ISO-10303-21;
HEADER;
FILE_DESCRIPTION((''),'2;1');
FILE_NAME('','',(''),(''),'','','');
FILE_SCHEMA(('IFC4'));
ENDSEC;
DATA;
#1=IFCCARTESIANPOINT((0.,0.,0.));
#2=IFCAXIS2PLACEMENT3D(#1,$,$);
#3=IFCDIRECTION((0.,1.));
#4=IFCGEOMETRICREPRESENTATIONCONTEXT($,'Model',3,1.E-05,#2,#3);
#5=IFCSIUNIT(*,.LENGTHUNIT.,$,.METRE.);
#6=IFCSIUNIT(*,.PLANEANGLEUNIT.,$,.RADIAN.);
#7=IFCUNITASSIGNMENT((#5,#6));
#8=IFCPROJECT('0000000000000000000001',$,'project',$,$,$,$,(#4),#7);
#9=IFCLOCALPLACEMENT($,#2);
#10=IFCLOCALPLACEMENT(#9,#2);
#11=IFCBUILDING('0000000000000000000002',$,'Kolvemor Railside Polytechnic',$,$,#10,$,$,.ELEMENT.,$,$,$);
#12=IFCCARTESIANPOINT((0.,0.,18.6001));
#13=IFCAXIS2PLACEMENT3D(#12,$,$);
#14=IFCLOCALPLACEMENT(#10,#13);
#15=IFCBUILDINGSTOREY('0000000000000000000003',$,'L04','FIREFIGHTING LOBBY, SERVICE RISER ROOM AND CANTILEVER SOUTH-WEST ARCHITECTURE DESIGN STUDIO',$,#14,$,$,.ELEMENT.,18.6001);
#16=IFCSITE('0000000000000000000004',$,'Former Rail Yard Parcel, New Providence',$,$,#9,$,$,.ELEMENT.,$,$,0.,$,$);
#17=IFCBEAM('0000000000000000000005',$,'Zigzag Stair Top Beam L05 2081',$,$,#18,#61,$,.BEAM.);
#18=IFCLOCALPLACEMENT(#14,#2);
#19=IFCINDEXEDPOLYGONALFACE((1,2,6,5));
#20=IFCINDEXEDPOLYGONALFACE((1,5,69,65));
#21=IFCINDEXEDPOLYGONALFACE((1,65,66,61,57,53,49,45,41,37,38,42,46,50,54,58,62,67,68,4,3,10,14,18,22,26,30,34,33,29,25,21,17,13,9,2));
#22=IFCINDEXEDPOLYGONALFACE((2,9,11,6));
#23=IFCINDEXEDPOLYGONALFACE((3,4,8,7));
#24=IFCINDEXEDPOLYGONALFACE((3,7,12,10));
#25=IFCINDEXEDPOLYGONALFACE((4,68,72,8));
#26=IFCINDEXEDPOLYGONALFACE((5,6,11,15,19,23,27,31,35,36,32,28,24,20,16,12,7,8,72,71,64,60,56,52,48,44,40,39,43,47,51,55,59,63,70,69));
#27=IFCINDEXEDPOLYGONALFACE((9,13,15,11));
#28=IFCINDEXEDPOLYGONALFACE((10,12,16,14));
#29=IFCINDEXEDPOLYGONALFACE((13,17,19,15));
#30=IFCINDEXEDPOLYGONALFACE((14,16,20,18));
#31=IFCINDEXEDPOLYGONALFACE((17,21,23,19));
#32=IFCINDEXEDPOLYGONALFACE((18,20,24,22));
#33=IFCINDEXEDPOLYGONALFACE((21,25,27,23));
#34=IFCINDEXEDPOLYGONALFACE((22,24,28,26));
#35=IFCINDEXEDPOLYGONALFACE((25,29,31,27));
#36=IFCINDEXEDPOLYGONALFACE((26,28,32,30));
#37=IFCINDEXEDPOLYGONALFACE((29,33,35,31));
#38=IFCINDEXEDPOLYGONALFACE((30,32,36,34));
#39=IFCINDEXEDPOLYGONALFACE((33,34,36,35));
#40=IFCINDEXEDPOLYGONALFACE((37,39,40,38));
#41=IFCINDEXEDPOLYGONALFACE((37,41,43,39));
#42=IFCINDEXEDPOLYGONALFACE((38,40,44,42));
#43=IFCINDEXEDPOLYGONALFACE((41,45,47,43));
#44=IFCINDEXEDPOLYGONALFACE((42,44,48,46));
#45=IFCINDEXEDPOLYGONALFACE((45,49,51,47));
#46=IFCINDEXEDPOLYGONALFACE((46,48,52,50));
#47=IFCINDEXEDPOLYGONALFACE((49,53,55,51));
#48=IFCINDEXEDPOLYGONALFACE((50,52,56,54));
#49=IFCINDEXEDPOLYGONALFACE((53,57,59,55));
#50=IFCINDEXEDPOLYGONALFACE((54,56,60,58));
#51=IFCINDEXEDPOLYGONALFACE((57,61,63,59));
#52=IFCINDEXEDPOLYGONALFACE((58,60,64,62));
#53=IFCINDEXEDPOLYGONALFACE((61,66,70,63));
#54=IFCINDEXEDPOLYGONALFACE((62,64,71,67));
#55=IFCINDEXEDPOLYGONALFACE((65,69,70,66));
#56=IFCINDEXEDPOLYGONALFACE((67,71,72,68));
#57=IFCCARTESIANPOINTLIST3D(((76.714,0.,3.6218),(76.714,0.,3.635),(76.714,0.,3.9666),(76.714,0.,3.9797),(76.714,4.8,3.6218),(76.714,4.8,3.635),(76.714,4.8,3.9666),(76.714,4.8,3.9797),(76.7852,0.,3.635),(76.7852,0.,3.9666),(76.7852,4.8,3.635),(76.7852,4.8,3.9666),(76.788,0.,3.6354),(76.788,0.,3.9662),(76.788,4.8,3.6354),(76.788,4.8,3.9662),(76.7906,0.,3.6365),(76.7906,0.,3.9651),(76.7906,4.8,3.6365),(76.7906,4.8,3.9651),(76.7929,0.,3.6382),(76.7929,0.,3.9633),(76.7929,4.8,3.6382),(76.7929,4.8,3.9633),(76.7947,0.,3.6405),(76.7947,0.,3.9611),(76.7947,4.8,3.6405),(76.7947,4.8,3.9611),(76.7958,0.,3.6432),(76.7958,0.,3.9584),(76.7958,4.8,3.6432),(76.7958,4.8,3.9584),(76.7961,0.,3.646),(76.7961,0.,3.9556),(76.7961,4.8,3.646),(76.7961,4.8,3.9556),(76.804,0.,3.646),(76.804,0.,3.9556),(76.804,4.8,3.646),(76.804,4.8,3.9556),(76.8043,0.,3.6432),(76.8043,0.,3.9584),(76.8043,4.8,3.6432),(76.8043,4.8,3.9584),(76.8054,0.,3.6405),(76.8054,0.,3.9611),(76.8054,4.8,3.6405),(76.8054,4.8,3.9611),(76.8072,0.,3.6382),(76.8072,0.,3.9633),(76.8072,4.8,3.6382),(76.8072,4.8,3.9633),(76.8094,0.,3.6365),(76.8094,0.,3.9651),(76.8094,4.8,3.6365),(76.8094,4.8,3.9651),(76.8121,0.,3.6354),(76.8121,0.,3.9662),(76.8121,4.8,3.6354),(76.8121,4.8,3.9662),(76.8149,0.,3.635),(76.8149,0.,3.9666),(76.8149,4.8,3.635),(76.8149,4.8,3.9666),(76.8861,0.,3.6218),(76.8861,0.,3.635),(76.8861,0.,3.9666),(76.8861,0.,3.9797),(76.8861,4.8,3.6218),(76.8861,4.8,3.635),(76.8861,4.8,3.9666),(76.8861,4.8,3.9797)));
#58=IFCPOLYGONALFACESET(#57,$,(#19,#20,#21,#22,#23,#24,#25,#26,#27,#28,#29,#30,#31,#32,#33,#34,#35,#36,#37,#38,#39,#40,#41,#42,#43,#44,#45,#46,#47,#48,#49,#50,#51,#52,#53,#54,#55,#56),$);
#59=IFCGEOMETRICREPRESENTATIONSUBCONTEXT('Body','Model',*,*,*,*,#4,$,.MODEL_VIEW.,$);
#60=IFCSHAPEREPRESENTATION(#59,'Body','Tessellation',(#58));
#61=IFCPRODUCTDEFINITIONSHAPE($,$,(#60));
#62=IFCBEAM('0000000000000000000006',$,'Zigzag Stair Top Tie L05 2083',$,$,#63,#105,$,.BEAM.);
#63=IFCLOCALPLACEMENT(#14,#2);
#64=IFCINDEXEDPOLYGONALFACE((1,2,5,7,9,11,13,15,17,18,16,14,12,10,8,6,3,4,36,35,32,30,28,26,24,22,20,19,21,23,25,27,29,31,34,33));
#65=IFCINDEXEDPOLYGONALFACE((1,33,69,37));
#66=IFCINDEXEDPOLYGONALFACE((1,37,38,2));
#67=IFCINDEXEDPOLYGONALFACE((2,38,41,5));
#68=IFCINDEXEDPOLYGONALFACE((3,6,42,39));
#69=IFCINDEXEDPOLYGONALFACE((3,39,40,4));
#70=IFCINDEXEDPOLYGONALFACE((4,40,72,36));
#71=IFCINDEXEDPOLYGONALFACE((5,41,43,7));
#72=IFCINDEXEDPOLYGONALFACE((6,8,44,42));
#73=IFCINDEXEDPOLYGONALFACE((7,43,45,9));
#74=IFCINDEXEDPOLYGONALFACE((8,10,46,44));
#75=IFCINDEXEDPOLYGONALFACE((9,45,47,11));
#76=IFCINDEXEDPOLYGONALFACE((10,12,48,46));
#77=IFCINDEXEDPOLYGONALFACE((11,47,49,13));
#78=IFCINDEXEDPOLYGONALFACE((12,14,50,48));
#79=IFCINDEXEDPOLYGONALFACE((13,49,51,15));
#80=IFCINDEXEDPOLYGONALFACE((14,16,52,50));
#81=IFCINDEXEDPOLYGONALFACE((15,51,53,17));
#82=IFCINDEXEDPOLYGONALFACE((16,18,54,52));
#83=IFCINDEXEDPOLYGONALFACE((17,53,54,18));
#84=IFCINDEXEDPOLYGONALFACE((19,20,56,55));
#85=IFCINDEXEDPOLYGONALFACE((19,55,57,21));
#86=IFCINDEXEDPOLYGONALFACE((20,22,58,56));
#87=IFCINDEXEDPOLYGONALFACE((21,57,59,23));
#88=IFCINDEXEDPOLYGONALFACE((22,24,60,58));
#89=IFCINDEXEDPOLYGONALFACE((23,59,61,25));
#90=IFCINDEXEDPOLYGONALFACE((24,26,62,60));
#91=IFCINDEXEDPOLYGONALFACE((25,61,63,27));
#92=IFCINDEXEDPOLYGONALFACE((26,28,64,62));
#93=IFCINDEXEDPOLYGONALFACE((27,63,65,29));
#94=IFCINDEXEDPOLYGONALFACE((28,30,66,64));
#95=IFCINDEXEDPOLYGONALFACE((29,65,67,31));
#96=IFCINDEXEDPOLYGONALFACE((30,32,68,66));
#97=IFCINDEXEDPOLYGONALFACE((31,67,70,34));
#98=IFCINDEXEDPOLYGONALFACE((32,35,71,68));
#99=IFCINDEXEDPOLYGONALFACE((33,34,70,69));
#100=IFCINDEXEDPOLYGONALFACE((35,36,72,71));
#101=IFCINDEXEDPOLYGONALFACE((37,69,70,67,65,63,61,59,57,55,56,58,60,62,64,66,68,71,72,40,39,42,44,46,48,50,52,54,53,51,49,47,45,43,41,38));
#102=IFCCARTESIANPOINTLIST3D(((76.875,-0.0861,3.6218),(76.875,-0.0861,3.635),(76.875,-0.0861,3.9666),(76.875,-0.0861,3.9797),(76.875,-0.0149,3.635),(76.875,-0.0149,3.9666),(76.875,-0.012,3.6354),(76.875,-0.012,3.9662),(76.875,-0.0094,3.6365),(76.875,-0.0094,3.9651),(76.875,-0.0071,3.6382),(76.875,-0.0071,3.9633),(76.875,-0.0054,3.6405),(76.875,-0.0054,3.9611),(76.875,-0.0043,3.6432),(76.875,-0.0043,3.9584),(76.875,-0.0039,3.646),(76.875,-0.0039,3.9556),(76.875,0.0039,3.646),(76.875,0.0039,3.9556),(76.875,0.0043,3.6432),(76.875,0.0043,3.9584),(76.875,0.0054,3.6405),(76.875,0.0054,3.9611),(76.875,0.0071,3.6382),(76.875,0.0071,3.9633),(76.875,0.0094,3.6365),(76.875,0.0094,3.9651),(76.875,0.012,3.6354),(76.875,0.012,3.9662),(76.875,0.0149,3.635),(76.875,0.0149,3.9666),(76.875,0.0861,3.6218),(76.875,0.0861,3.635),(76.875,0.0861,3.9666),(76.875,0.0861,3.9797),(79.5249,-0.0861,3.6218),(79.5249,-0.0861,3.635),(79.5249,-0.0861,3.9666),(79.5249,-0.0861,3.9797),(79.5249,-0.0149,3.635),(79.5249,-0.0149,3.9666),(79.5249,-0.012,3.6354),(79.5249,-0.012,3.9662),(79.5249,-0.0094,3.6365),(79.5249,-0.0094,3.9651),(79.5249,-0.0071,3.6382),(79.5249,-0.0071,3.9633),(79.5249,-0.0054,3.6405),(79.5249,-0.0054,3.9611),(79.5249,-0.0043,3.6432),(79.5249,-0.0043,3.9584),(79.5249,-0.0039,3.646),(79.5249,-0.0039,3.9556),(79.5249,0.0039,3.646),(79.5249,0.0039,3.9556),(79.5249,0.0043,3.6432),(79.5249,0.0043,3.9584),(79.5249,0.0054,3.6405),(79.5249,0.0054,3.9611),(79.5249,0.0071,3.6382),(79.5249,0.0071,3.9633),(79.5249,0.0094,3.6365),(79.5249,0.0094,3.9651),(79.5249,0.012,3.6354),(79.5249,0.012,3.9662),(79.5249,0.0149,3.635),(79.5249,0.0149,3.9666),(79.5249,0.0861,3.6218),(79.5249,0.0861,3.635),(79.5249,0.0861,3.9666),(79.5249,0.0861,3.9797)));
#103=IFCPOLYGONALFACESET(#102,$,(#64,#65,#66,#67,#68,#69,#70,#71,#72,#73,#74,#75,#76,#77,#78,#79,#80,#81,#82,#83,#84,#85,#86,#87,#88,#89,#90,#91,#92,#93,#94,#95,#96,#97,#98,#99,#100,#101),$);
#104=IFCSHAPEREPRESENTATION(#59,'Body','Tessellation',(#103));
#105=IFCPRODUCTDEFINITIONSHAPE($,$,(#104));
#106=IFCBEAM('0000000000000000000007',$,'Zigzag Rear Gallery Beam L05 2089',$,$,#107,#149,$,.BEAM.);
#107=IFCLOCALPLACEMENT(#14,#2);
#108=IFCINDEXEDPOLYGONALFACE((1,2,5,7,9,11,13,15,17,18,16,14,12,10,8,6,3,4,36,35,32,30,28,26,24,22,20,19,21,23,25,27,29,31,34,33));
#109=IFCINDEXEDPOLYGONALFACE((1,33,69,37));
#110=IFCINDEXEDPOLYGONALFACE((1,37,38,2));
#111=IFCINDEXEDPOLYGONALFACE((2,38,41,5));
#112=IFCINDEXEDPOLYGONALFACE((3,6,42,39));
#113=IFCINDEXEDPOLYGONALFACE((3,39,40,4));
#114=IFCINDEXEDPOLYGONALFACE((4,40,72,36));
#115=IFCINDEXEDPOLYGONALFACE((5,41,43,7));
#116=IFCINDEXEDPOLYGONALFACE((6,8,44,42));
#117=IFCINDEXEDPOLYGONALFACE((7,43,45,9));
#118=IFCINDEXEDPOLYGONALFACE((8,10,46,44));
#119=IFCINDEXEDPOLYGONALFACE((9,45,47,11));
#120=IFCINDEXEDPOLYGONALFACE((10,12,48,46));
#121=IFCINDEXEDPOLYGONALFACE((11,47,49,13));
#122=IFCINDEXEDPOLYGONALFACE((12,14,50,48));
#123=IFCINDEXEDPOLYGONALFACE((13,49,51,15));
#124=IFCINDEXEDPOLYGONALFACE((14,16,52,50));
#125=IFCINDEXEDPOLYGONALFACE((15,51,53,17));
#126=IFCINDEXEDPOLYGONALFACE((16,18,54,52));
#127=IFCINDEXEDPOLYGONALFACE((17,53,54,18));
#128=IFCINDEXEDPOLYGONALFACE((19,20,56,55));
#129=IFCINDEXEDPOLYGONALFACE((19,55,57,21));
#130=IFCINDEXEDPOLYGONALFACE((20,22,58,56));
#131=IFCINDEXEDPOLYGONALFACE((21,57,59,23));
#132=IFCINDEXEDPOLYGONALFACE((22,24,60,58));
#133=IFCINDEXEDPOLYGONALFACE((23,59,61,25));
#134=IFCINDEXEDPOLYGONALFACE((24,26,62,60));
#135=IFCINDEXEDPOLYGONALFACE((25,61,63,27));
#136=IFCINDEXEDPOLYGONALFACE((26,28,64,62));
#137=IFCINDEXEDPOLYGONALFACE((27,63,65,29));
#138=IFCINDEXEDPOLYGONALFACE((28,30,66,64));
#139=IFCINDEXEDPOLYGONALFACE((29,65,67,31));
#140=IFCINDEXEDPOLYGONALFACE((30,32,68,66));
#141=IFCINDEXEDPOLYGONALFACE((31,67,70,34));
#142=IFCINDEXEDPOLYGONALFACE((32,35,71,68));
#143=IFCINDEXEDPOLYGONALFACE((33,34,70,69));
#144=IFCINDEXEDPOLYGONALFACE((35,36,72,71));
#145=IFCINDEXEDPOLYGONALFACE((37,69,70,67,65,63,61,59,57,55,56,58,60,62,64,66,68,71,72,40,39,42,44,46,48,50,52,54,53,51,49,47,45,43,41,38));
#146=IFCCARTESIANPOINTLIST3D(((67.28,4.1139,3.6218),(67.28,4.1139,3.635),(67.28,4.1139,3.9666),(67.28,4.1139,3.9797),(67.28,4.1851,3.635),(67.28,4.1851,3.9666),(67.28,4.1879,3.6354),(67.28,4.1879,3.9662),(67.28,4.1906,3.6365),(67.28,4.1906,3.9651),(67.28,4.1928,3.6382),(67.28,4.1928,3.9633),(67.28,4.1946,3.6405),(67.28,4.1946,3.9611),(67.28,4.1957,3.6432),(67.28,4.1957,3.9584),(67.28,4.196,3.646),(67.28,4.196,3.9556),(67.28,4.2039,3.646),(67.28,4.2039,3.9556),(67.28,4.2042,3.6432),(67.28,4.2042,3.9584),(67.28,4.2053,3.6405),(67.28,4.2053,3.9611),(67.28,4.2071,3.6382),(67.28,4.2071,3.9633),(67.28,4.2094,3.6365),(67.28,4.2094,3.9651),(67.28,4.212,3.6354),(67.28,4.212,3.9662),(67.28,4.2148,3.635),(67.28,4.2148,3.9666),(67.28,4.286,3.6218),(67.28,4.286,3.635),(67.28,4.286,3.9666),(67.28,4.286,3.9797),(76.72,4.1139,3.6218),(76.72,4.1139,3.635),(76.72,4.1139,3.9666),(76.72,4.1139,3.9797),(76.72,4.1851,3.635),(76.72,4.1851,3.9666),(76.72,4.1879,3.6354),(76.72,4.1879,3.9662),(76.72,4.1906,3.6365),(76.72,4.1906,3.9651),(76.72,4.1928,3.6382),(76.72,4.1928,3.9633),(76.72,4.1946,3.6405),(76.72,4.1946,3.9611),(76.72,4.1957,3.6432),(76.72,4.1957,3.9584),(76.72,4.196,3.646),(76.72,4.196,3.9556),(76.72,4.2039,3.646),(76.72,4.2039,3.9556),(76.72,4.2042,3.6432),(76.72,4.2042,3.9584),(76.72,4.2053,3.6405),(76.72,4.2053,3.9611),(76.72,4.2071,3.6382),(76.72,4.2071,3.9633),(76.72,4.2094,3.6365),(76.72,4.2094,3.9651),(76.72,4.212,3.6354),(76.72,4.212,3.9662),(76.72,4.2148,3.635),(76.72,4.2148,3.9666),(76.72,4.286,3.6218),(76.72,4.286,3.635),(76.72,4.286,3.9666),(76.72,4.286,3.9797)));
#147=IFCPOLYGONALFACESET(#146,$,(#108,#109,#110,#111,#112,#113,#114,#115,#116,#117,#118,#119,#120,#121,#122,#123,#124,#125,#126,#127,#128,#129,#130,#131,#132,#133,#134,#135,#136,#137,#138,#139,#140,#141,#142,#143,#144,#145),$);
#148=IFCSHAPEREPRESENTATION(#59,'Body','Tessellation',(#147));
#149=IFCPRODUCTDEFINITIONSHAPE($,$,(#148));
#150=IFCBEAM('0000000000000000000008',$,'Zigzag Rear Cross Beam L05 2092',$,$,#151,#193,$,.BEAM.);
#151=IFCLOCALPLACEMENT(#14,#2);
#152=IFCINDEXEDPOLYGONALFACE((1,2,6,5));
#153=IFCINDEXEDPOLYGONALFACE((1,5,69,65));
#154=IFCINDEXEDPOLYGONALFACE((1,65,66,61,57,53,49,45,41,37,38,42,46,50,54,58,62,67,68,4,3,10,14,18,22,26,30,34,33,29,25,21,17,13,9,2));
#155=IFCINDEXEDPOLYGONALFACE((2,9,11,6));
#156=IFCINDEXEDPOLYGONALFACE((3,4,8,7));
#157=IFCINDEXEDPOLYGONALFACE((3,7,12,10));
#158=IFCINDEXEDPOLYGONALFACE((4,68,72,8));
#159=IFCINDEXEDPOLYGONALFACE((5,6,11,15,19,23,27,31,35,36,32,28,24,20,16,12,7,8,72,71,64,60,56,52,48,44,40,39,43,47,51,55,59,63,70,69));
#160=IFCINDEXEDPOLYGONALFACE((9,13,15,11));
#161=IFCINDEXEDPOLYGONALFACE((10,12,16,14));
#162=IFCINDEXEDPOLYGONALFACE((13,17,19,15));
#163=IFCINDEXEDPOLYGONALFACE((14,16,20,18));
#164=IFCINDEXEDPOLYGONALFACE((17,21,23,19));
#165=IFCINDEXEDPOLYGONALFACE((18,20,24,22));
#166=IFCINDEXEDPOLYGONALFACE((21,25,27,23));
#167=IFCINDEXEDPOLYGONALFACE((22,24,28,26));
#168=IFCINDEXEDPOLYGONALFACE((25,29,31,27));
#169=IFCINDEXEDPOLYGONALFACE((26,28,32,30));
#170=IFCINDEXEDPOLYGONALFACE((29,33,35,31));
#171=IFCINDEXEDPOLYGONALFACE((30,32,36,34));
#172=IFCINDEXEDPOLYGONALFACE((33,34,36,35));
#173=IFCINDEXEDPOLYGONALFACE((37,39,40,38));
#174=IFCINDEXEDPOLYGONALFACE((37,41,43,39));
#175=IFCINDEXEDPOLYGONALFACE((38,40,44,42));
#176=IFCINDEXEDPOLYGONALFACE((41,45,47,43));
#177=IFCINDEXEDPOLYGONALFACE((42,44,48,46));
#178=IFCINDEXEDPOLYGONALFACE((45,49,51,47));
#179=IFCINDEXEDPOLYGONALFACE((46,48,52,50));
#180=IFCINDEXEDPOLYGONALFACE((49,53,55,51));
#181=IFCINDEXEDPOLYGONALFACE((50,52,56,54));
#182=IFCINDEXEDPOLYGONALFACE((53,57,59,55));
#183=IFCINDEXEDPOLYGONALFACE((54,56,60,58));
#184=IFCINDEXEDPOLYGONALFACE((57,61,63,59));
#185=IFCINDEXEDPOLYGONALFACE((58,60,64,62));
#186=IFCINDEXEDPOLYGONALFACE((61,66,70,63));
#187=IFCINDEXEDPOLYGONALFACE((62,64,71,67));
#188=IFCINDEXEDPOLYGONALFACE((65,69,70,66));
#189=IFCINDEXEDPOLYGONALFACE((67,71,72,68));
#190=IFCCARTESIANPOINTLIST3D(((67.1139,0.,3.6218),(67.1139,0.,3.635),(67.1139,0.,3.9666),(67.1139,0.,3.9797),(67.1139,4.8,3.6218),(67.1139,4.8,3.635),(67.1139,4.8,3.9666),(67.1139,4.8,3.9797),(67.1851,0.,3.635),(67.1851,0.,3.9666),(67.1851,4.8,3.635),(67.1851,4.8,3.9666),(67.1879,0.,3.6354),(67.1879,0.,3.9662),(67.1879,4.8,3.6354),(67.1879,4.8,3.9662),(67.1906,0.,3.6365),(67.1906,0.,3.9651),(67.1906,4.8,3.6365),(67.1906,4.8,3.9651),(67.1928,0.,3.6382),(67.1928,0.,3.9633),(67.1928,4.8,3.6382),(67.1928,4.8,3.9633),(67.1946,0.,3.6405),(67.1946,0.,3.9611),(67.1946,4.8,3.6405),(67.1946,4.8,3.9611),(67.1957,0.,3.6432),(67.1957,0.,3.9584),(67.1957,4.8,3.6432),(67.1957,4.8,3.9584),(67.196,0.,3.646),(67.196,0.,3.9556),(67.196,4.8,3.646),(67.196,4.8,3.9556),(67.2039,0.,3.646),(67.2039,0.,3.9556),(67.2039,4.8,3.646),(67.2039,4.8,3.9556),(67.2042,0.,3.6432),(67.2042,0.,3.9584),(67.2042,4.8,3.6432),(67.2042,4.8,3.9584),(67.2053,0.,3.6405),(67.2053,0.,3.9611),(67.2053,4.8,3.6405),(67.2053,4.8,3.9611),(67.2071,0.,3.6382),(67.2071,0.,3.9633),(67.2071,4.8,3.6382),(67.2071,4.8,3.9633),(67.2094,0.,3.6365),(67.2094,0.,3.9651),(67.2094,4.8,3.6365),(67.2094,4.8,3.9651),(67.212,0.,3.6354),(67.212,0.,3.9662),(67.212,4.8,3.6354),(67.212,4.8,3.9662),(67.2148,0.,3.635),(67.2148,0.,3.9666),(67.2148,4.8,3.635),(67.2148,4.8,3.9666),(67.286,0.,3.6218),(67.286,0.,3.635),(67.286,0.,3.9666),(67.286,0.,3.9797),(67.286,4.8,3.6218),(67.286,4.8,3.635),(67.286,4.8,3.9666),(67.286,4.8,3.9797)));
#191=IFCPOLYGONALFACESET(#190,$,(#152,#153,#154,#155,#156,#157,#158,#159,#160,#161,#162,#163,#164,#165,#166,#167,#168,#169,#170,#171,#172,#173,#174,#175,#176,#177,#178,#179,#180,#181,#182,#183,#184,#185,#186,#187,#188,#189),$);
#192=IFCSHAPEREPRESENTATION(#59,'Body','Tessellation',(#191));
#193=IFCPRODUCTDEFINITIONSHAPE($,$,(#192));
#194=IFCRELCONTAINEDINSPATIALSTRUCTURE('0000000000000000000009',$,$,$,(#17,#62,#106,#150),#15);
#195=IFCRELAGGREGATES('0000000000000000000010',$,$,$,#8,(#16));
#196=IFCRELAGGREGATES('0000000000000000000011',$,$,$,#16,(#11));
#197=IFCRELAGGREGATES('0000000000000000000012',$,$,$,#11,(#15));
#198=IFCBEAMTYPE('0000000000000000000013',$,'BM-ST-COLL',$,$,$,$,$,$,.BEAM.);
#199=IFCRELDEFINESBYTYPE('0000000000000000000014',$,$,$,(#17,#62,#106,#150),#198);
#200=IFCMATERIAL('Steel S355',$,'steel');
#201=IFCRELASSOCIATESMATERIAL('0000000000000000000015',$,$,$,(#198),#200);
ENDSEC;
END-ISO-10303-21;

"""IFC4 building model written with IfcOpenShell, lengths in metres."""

from ifc_helpers import new_model, si_unit, direction, frame, origin, origin_2d, place, context, subcontext, project, spatial, i_section, extrude, material, material_profile, profile_set, type_object, element, save


model = new_model("IFC4")

# Units and contexts
model_context = context("Model", 3, precision=1e-05, world=origin(), true_north=direction((0.0, 1.0)))
body_context = subcontext(model_context, "Body", "Model", "MODEL_VIEW")
ifc_project = project(units=[si_unit("LENGTHUNIT", "METRE"), si_unit("PLANEANGLEUNIT", "RADIAN")], contexts=[model_context])

# Site, building, storey
site_placement = place(None, origin())
site = spatial("IfcSite", under=ifc_project, at=site_placement, Name="Former Rail Yard Parcel, New Providence", CompositionType="ELEMENT", RefElevation=0.0)
building_placement = place(site_placement, origin())
building = spatial("IfcBuilding", under=site, at=building_placement, Name="Kolvemor Railside Polytechnic", CompositionType="ELEMENT")
storey_placement = place(building_placement, frame((0.0, 0.0, 18.6001)))
storey = spatial("IfcBuildingStorey", under=building, at=storey_placement, Name="L04", Description="FIREFIGHTING LOBBY, SERVICE RISER ROOM AND CANTILEVER SOUTH-WEST ARCHITECTURE DESIGN STUDIO", CompositionType="ELEMENT", Elevation=18.6001)

# Beams
ifc_material_1 = material(Name="Steel S355", Category="steel")
ifc_material_profile_1 = material_profile(ifc_material_1, i_section(OverallWidth=0.1721, OverallDepth=0.3579, WebThickness=0.0078, FlangeThickness=0.0132, FilletRadius=0.011, at=origin_2d()), Name="W360x57")
ifc_profile_set_1 = profile_set([ifc_material_profile_1], Name="Steel S355")
beam_type_1 = type_object("IfcBeamType", Name="BM-ST-COLL", PredefinedType="BEAM", material=ifc_profile_set_1)
beam_1_placement = place(storey_placement, frame((76.8, 0.0, 3.8008), z_axis=(0.0, 1.0, 0.0), x_axis=(-1.0, 0.0, 0.0)))
element("IfcBeam", 1, at=beam_1_placement, inside=storey, type_object=beam_type_1, Name="Zigzag Stair Top Beam L05 2081", PredefinedType="BEAM", context=body_context, shape_type="SweptSolid", body=[
    extrude(i_section(OverallWidth=0.1721, OverallDepth=0.3579, WebThickness=0.0078, FlangeThickness=0.0132, FilletRadius=0.011, at=origin_2d()), origin(), (0.0, 0.0, 1.0), 4.8),
])
beam_2_placement = place(storey_placement, frame((76.875, 0.0, 3.8008), z_axis=(1.0, 0.0, 0.0), x_axis=(0.0, 1.0, 0.0)))
element("IfcBeam", 2, at=beam_2_placement, inside=storey, type_object=beam_type_1, Name="Zigzag Stair Top Tie L05 2083", PredefinedType="BEAM", context=body_context, shape_type="SweptSolid", body=[
    extrude(i_section(OverallWidth=0.1721, OverallDepth=0.3579, WebThickness=0.0078, FlangeThickness=0.0132, FilletRadius=0.011, at=origin_2d()), origin(), (0.0, 0.0, 1.0), 2.6499),
])
beam_3_placement = place(storey_placement, frame((67.28, 4.2, 3.8008), z_axis=(1.0, 0.0, 0.0), x_axis=(0.0, 1.0, 0.0)))
element("IfcBeam", 3, at=beam_3_placement, inside=storey, type_object=beam_type_1, Name="Zigzag Rear Gallery Beam L05 2089", PredefinedType="BEAM", context=body_context, shape_type="SweptSolid", body=[
    extrude(i_section(OverallWidth=0.1721, OverallDepth=0.3579, WebThickness=0.0078, FlangeThickness=0.0132, FilletRadius=0.011, at=origin_2d()), origin(), (0.0, 0.0, 1.0), 9.4399),
])
beam_4_placement = place(storey_placement, frame((67.2, 0.0, 3.8008), z_axis=(0.0, 1.0, 0.0), x_axis=(-1.0, 0.0, 0.0)))
element("IfcBeam", 4, at=beam_4_placement, inside=storey, type_object=beam_type_1, Name="Zigzag Rear Cross Beam L05 2092", PredefinedType="BEAM", context=body_context, shape_type="SweptSolid", body=[
    extrude(i_section(OverallWidth=0.1721, OverallDepth=0.3579, WebThickness=0.0078, FlangeThickness=0.0132, FilletRadius=0.011, at=origin_2d()), origin(), (0.0, 0.0, 1.0), 4.8),
])

save(model, "model.ifc")
